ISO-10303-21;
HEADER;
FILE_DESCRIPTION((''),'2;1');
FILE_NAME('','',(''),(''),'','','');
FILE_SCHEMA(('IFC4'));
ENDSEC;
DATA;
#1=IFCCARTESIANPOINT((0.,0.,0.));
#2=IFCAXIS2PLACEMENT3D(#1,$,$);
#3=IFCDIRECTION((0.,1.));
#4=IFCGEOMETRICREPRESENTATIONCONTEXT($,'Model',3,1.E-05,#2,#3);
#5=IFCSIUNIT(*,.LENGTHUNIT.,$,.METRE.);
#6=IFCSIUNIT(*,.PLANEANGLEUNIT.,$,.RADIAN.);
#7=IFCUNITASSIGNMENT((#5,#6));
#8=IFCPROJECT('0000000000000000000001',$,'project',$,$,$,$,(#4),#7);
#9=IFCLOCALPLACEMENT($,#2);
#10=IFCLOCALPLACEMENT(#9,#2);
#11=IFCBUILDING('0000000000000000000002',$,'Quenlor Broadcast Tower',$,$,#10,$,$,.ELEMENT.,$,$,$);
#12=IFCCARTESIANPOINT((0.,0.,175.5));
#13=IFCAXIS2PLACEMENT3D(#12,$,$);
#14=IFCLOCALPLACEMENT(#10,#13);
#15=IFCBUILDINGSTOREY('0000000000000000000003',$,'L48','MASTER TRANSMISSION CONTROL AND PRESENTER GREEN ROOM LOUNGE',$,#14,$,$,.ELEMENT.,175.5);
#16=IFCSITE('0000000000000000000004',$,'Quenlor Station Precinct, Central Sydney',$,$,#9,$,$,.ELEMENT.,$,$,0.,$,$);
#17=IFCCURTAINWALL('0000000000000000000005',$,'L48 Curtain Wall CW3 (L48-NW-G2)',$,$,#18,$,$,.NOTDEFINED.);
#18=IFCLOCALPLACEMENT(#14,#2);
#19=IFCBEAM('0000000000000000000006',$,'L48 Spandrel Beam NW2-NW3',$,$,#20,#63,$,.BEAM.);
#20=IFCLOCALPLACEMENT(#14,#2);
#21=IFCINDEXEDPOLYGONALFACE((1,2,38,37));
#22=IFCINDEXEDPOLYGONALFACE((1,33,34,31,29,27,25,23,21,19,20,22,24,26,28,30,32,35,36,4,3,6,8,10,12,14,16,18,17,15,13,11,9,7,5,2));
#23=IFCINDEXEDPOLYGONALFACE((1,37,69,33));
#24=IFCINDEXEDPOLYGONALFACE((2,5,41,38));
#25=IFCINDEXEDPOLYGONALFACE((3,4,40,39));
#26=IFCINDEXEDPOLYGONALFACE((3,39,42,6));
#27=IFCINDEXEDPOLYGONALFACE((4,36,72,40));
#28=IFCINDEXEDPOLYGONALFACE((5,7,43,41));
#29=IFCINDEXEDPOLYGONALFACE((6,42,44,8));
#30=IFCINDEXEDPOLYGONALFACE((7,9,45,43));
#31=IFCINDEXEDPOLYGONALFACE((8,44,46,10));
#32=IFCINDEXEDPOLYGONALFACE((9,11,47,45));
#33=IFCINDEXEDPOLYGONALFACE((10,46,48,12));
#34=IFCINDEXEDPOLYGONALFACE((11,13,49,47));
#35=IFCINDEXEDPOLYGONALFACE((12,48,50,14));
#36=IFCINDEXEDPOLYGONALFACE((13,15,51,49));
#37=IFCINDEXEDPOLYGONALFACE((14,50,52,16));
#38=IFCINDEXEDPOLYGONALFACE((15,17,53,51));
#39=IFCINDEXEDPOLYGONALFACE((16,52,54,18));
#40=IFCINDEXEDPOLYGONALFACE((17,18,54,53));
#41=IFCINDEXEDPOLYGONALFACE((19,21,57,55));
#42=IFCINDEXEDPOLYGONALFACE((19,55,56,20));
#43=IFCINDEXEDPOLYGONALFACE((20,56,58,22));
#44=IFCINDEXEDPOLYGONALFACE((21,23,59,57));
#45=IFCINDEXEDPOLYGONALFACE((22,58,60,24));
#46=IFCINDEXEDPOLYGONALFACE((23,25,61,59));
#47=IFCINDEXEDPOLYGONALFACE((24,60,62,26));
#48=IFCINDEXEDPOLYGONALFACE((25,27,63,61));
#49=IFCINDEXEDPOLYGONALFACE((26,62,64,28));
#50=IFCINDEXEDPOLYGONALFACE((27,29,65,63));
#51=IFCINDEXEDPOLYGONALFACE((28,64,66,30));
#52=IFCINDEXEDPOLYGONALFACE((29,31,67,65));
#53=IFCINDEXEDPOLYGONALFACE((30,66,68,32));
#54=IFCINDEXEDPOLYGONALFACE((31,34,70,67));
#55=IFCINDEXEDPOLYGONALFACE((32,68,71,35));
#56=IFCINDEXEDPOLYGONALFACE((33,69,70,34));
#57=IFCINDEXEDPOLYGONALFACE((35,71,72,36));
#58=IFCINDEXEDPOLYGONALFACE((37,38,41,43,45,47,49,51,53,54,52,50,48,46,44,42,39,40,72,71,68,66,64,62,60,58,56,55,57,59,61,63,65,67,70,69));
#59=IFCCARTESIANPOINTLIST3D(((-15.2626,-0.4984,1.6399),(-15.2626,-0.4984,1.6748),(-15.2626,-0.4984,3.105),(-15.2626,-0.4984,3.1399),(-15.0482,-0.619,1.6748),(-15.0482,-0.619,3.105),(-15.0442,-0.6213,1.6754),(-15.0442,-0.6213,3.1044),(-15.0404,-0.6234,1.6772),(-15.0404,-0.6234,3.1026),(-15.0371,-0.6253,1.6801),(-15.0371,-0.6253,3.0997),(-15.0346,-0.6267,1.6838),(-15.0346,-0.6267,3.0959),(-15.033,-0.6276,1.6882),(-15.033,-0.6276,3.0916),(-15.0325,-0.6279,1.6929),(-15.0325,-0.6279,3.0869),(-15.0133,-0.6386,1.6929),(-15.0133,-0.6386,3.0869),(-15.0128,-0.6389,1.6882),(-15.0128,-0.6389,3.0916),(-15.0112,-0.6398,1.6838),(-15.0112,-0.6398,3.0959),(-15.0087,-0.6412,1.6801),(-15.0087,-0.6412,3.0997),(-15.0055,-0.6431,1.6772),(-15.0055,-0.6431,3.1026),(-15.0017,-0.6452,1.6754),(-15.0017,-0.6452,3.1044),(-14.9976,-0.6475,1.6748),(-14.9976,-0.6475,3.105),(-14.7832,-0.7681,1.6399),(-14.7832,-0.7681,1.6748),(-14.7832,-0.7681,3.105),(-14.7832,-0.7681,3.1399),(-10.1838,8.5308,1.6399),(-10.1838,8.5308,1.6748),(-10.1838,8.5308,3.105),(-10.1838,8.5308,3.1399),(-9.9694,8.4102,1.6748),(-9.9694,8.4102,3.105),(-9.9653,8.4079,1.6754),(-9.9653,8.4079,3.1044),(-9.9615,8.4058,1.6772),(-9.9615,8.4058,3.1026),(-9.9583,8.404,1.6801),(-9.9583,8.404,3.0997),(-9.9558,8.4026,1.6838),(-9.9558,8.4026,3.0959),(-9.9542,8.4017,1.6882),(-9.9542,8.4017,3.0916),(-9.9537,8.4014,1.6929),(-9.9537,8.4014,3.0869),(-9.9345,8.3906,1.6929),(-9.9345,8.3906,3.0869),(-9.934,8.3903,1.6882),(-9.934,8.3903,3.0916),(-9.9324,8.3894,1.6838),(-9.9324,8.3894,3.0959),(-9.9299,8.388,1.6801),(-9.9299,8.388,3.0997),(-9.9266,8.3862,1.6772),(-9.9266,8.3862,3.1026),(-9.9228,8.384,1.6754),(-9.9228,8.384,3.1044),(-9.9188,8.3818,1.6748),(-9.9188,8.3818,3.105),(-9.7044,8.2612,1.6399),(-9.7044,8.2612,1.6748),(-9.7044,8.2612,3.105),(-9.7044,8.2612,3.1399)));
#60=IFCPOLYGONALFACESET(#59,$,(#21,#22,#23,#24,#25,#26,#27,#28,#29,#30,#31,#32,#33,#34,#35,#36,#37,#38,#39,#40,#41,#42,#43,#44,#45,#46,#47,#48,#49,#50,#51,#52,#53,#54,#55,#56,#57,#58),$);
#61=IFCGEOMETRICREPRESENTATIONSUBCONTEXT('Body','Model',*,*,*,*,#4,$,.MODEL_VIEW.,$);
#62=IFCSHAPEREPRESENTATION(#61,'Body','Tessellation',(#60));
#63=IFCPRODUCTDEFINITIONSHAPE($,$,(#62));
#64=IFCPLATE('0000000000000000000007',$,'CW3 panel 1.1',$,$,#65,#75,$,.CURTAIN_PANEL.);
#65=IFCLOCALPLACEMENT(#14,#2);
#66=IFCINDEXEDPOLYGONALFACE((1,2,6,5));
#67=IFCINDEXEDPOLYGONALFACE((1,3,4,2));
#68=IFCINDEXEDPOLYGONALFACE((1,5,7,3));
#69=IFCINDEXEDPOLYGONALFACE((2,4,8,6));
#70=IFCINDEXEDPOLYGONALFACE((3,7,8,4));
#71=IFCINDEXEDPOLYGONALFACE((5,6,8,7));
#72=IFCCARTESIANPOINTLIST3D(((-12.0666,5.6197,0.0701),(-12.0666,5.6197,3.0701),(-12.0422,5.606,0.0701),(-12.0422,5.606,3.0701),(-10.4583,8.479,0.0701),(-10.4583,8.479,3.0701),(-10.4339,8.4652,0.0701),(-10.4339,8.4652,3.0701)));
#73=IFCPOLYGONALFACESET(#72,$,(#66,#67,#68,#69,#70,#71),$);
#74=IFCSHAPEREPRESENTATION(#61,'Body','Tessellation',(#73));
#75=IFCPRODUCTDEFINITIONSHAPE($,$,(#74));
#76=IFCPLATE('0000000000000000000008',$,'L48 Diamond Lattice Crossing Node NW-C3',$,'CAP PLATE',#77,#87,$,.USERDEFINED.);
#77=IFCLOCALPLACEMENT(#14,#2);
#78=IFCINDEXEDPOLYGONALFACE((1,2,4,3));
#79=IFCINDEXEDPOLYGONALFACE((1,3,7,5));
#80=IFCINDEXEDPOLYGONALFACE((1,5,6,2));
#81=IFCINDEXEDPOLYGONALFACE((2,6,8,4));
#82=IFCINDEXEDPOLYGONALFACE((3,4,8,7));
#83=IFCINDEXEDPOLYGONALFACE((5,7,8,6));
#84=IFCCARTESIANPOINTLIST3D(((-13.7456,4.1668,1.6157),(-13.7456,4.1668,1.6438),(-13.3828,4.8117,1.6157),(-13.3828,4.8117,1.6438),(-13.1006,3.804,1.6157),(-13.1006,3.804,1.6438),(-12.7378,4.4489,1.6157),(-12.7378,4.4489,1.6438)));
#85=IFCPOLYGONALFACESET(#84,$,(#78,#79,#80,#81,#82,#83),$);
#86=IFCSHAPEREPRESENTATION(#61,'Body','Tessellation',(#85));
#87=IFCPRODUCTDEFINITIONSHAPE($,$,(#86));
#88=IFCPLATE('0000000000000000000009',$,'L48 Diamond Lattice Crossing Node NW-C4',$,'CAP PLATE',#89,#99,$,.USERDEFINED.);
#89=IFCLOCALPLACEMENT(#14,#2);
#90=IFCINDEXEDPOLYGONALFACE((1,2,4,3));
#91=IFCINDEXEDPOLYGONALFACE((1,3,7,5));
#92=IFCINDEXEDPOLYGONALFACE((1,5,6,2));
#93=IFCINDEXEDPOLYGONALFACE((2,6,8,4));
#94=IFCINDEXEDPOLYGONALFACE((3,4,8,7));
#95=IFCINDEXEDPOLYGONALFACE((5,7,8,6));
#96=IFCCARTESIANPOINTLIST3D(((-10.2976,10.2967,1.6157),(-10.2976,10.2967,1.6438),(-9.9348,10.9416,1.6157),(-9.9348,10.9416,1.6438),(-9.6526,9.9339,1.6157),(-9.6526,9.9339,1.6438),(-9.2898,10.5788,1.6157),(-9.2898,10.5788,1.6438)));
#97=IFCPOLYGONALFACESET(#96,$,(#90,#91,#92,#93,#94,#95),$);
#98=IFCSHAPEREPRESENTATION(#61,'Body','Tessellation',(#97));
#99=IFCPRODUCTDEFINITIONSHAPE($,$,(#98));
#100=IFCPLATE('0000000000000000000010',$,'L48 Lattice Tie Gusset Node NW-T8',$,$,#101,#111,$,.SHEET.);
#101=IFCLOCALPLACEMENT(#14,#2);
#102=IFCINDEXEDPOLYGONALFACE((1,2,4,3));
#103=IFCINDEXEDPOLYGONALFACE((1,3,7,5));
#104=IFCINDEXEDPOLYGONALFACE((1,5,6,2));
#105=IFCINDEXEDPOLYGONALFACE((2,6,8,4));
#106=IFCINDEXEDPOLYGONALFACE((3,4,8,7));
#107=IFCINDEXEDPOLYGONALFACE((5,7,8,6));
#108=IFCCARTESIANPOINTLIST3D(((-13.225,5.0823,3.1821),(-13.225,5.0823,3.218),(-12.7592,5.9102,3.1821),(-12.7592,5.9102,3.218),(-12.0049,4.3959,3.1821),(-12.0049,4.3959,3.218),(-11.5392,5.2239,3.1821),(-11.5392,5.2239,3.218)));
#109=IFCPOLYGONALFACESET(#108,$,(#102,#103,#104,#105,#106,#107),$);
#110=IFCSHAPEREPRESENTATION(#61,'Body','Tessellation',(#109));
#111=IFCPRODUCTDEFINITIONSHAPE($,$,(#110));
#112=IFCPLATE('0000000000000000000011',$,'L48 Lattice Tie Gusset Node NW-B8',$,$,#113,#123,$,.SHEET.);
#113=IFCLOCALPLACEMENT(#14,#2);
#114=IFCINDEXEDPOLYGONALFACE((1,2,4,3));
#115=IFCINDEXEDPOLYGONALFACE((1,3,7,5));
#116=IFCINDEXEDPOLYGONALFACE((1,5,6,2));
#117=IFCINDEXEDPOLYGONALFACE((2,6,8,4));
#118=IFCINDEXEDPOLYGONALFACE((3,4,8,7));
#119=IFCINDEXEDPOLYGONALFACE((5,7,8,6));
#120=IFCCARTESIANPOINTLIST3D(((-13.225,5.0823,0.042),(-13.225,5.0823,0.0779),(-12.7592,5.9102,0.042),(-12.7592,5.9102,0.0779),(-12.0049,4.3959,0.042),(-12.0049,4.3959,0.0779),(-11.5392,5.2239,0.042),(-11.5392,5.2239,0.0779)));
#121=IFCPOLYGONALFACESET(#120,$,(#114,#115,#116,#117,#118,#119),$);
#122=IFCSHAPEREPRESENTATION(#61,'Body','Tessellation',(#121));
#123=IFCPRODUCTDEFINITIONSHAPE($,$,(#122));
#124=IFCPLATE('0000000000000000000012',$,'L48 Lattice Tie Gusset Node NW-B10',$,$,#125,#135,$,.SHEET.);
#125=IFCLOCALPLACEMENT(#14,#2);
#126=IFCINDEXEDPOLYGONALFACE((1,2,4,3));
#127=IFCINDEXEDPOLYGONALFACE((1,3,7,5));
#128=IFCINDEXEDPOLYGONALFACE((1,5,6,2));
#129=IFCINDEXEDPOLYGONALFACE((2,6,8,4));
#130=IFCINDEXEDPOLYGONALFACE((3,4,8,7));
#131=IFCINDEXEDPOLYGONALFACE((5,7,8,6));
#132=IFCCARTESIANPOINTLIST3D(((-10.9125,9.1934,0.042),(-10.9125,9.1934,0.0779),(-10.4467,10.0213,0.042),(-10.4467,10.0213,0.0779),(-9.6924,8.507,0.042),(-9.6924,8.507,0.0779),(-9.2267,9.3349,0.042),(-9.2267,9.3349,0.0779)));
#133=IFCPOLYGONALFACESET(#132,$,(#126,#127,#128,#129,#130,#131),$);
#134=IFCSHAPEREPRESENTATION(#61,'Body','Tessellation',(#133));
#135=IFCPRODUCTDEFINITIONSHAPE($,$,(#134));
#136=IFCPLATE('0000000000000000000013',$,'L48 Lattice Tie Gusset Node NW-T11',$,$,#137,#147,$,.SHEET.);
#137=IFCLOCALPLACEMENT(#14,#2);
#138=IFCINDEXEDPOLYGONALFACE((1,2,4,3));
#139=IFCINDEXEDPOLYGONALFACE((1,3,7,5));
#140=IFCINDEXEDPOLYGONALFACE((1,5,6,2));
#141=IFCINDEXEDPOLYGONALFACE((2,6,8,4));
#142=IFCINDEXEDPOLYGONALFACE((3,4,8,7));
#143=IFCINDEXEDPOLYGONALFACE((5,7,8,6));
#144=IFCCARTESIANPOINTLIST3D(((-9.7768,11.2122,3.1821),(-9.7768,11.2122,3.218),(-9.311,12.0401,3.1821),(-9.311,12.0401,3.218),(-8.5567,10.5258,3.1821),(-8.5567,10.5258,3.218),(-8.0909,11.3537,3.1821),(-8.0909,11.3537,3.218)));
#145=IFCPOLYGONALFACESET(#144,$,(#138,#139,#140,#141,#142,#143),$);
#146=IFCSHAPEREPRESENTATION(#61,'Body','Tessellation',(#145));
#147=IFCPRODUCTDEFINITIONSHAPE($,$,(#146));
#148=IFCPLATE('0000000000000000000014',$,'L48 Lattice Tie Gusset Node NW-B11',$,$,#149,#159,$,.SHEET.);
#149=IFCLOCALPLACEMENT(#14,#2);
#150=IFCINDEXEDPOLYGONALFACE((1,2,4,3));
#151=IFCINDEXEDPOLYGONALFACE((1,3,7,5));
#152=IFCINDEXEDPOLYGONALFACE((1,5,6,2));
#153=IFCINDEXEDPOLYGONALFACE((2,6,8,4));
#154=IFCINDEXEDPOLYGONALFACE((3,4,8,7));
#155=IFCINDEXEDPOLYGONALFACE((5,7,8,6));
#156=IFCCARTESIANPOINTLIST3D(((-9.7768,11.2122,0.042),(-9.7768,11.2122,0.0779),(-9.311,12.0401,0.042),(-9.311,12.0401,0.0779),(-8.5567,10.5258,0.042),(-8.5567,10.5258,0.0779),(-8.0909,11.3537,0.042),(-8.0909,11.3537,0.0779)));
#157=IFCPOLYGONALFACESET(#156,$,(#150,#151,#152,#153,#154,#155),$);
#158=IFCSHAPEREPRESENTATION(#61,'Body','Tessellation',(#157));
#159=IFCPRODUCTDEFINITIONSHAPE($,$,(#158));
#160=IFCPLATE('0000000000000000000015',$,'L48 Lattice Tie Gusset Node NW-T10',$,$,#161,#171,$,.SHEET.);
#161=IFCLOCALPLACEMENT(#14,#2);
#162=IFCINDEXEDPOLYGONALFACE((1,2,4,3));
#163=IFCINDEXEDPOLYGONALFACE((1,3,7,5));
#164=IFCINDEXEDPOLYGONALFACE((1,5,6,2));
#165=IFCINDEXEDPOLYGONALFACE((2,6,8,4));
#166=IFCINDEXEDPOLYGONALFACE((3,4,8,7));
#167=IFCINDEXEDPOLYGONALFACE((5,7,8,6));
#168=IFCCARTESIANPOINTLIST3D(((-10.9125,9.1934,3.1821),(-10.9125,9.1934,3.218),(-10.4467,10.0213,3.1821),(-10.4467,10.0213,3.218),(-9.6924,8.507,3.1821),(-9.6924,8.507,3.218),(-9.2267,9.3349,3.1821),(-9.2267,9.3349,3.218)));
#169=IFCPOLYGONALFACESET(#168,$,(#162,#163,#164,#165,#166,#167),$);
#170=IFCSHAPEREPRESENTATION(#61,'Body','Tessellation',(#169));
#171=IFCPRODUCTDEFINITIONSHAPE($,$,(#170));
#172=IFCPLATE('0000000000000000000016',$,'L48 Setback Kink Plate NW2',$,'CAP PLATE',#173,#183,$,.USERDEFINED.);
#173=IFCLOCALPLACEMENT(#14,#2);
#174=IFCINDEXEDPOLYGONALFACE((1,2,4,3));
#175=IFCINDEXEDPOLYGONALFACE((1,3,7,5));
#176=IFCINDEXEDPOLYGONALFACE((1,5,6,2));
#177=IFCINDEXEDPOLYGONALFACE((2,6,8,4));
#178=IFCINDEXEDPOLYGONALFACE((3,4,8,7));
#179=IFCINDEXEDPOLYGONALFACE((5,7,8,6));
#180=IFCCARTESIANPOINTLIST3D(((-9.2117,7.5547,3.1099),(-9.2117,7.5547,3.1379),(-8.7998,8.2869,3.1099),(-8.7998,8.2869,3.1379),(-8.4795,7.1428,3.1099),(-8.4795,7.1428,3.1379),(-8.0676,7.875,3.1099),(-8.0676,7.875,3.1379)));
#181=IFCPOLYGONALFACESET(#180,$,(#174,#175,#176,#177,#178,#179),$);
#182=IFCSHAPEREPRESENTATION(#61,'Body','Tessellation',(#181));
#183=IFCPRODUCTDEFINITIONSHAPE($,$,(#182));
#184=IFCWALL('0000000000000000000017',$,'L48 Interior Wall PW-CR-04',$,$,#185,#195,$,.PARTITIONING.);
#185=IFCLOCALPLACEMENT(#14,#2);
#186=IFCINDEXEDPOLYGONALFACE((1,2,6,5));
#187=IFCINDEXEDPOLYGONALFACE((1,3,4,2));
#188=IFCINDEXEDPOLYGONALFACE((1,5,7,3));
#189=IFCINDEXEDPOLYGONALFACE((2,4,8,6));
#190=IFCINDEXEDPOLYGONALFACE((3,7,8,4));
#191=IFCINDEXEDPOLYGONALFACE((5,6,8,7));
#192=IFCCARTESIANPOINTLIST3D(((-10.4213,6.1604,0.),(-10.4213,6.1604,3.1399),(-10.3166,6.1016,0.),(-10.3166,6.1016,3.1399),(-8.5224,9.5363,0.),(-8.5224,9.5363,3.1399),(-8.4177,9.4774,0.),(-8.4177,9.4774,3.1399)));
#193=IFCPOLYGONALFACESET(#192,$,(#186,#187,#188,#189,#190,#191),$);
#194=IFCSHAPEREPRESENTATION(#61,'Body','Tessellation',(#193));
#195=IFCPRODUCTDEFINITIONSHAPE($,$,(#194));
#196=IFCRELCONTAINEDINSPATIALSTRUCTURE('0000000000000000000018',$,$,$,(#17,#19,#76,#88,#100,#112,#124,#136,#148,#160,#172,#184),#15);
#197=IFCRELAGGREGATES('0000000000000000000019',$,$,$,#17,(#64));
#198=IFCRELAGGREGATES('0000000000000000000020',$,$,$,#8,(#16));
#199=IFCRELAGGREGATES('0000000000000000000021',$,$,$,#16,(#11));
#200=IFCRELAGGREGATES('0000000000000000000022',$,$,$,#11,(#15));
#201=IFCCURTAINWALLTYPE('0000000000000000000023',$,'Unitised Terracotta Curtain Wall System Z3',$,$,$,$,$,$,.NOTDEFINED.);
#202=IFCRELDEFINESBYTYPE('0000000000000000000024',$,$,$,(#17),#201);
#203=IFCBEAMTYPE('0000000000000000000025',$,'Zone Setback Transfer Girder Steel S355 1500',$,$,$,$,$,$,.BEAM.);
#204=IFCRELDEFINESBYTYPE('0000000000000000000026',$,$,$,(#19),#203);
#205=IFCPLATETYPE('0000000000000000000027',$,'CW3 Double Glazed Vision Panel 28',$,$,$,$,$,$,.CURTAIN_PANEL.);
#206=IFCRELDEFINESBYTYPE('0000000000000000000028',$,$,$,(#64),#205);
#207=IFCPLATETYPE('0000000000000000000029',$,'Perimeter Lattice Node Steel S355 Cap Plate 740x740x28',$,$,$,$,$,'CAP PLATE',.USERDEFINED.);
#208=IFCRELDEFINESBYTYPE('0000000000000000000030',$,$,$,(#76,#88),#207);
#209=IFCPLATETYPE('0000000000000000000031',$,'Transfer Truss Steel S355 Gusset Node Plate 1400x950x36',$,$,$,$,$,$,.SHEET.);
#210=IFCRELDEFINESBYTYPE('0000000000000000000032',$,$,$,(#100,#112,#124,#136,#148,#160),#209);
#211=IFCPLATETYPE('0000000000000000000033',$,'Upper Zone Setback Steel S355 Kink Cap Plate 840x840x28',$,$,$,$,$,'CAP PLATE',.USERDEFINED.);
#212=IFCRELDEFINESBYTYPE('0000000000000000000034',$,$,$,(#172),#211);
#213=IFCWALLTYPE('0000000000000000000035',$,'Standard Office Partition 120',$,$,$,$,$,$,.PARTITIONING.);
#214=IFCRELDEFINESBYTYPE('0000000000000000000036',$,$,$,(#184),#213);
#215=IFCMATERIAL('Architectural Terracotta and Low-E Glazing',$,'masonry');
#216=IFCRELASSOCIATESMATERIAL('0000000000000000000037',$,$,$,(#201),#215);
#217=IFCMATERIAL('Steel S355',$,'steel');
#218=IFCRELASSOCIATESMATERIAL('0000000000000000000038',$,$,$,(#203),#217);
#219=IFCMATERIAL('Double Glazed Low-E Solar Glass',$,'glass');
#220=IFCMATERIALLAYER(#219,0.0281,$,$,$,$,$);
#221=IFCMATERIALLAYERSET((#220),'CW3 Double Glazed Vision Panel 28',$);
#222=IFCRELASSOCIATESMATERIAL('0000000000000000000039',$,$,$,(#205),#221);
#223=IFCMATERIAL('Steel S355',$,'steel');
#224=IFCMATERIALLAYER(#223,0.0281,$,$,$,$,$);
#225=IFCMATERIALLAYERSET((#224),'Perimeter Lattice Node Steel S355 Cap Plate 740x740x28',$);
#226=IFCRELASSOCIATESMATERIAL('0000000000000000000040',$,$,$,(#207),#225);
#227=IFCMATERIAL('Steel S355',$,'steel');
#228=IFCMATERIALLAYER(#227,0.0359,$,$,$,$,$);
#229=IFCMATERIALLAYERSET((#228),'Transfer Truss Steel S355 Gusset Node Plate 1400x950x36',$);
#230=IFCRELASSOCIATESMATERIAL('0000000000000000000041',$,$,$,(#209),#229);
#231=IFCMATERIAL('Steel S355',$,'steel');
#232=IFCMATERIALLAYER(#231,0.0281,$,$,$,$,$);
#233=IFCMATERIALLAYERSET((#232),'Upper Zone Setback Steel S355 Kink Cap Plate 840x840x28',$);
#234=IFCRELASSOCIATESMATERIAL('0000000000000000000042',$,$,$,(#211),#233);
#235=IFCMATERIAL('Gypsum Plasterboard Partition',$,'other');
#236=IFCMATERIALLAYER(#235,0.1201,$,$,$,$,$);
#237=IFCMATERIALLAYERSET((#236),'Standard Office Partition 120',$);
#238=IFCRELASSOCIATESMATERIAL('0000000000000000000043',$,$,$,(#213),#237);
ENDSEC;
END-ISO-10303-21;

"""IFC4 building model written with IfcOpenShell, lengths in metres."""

from ifc_helpers import new_model, si_unit, direction, frame, frame_2d, origin, origin_2d, place, context, subcontext, project, spatial, rectangle, i_section, extrude, material, layer, layer_set, material_profile, profile_set, type_object, element, aggregate, save


model = new_model("IFC4")

# Units and contexts
model_context = context("Model", 3, precision=1e-05, world=origin(), true_north=direction((0.0, 1.0)))
body_context = subcontext(model_context, "Body", "Model", "MODEL_VIEW")
ifc_project = project(units=[si_unit("LENGTHUNIT", "METRE"), si_unit("PLANEANGLEUNIT", "RADIAN")], contexts=[model_context])

# Site, building, storey
site_placement = place(None, origin())
site = spatial("IfcSite", under=ifc_project, at=site_placement, Name="Quenlor Station Precinct, Central Sydney", CompositionType="ELEMENT", RefElevation=0.0)
building_placement = place(site_placement, origin())
building = spatial("IfcBuilding", under=site, at=building_placement, Name="Quenlor Broadcast Tower", CompositionType="ELEMENT")
storey_placement = place(building_placement, frame((0.0, 0.0, 175.5)))
storey = spatial("IfcBuildingStorey", under=building, at=storey_placement, Name="L48", Description="MASTER TRANSMISSION CONTROL AND PRESENTER GREEN ROOM LOUNGE", CompositionType="ELEMENT", Elevation=175.5)

# Curtain wall
ifc_material_1 = material(Name="Architectural Terracotta and Low-E Glazing", Category="masonry")
curtain_wall_type = type_object("IfcCurtainWallType", Name="Unitised Terracotta Curtain Wall System Z3", PredefinedType="NOTDEFINED", material=ifc_material_1)
curtain_wall_placement = place(storey_placement, origin())
curtain_wall = element("IfcCurtainWall", 1, at=curtain_wall_placement, inside=storey, type_object=curtain_wall_type, Name="L48 Curtain Wall CW3 (L48-NW-G2)", PredefinedType="NOTDEFINED")

# Beam
ifc_material_2 = material(Name="Steel S355", Category="steel")
ifc_material_profile_1 = material_profile(ifc_material_2, i_section(OverallWidth=0.55, OverallDepth=1.5, WebThickness=0.022, FlangeThickness=0.0349, FilletRadius=0.0181, at=origin_2d()))
ifc_profile_set_1 = profile_set([ifc_material_profile_1], Name="Steel S355 1500TG510")
beam_type_1 = type_object("IfcBeamType", Name="Zone Setback Transfer Girder Steel S355 1500", PredefinedType="BEAM", material=ifc_profile_set_1)
beam_1_placement = place(storey_placement, frame((-9.9441, 8.396, 2.3899), z_axis=(-0.490252, -0.871581, 0.0), x_axis=(0.871581, -0.490252, 0.0)))
element("IfcBeam", 2, at=beam_1_placement, inside=storey, type_object=beam_type_1, Name="L48 Spandrel Beam NW2-NW3", PredefinedType="BEAM", context=body_context, shape_type="SweptSolid", body=[
    extrude(i_section(OverallWidth=0.55, OverallDepth=1.5, WebThickness=0.022, FlangeThickness=0.0349, FilletRadius=0.0181, at=origin_2d()), origin(), (0.0, 0.0, 1.0), 10.3596),
])

# Plate
ifc_material_3 = material(Name="Double Glazed Low-E Solar Glass", Category="glass")
ifc_layer_1 = layer(ifc_material_3, 0.0281)
ifc_layer_set_1 = layer_set([ifc_layer_1], Name="CW3 Double Glazed Vision Panel 28")
plate_type_1 = type_object("IfcPlateType", Name="CW3 Double Glazed Vision Panel 28", PredefinedType="CURTAIN_PANEL", material=ifc_layer_set_1)
plate_1_placement = place(storey_placement, frame((-11.2502, 7.0425, 0.0701), z_axis=(0.0, 0.0, 1.0), x_axis=(0.490256, 0.871579, 0.0)))
plate_1 = element("IfcPlate", 3, at=plate_1_placement, type_object=plate_type_1, Name="CW3 panel 1.1", PredefinedType="CURTAIN_PANEL", context=body_context, shape_type="SweptSolid", body=[
    extrude(rectangle(XDim=3.2805, YDim=0.0281, at=origin_2d()), origin(), (0.0, 0.0, 1.0), 3.0),
])
aggregate(curtain_wall, [plate_1])

# Plates
ifc_material_4 = material(Name="Steel S355", Category="steel")
ifc_layer_2 = layer(ifc_material_4, 0.0281)
ifc_layer_set_2 = layer_set([ifc_layer_2], Name="Perimeter Lattice Node Steel S355 Cap Plate 740x740x28")
plate_type_2 = type_object("IfcPlateType", Name="Perimeter Lattice Node Steel S355 Cap Plate 740x740x28", ElementType="CAP PLATE", PredefinedType="USERDEFINED", material=ifc_layer_set_2)
for number, where, z_axis, x_axis, name in (
    (4, (-13.2417, 4.3079, 1.6157), (0.0, 0.0, 1.0), (0.490295, 0.871556, 0.0), "L48 Diamond Lattice Crossing Node NW-C3"),
    (5, (-9.7937, 10.4377, 1.6157), (0.0, 0.0, 1.0), (0.490295, 0.871556, 0.0), "L48 Diamond Lattice Crossing Node NW-C4"),
):
    element("IfcPlate", number, at=place(storey_placement, frame(where, z_axis=z_axis, x_axis=x_axis)), inside=storey, type_object=plate_type_2, Name=name, ObjectType="CAP PLATE", PredefinedType="USERDEFINED", context=body_context, shape_type="SweptSolid", body=[
        extrude(rectangle(XDim=0.74, YDim=0.74, at=origin_2d()), origin(), (0.0, 0.0, 1.0), 0.0281),
    ])
ifc_material_5 = material(Name="Steel S355", Category="steel")
ifc_layer_3 = layer(ifc_material_5, 0.0359)
ifc_layer_set_3 = layer_set([ifc_layer_3], Name="Transfer Truss Steel S355 Gusset Node Plate 1400x950x36")
plate_type_3 = type_object("IfcPlateType", Name="Transfer Truss Steel S355 Gusset Node Plate 1400x950x36", PredefinedType="SHEET", material=ifc_layer_set_3)
for number, where, z_axis, x_axis, name in (
    (6, (-12.3821, 5.1531, 3.1821), (0.0, 0.0, 1.0), (-0.871556, 0.490295, 0.0), "L48 Lattice Tie Gusset Node NW-T8"),
    (7, (-12.3821, 5.1531, 0.042), (0.0, 0.0, 1.0), (-0.871556, 0.490295, 0.0), "L48 Lattice Tie Gusset Node NW-B8"),
    (8, (-10.0696, 9.2642, 0.042), (0.0, 0.0, 1.0), (-0.871556, 0.490295, 0.0), "L48 Lattice Tie Gusset Node NW-B10"),
    (9, (-8.9338, 11.283, 3.1821), (0.0, 0.0, 1.0), (-0.871556, 0.490295, 0.0), "L48 Lattice Tie Gusset Node NW-T11"),
    (10, (-8.9338, 11.283, 0.042), (0.0, 0.0, 1.0), (-0.871556, 0.490295, 0.0), "L48 Lattice Tie Gusset Node NW-B11"),
    (11, (-10.0696, 9.2642, 3.1821), (0.0, 0.0, 1.0), (-0.871556, 0.490295, 0.0), "L48 Lattice Tie Gusset Node NW-T10"),
):
    element("IfcPlate", number, at=place(storey_placement, frame(where, z_axis=z_axis, x_axis=x_axis)), inside=storey, type_object=plate_type_3, Name=name, PredefinedType="SHEET", context=body_context, shape_type="SweptSolid", body=[
        extrude(rectangle(XDim=1.3999, YDim=0.95, at=origin_2d()), origin(), (0.0, 0.0, 1.0), 0.0359),
    ])
ifc_material_6 = material(Name="Steel S355", Category="steel")
ifc_layer_4 = layer(ifc_material_6, 0.0281)
ifc_layer_set_4 = layer_set([ifc_layer_4], Name="Upper Zone Setback Steel S355 Kink Cap Plate 840x840x28")
plate_type_4 = type_object("IfcPlateType", Name="Upper Zone Setback Steel S355 Kink Cap Plate 840x840x28", ElementType="CAP PLATE", PredefinedType="USERDEFINED", material=ifc_layer_set_4)
plate_2_placement = place(storey_placement, frame((-8.6396, 7.7148, 3.1099), z_axis=(0.0, 0.0, 1.0), x_axis=(-0.871575, 0.490262, 0.0)))
element("IfcPlate", 12, at=plate_2_placement, inside=storey, type_object=plate_type_4, Name="L48 Setback Kink Plate NW2", ObjectType="CAP PLATE", PredefinedType="USERDEFINED", context=body_context, shape_type="SweptSolid", body=[
    extrude(rectangle(XDim=0.8401, YDim=0.8401, at=origin_2d()), origin(), (0.0, 0.0, 1.0), 0.0281),
])

# Wall
ifc_material_7 = material(Name="Gypsum Plasterboard Partition", Category="other")
ifc_layer_5 = layer(ifc_material_7, 0.1201)
ifc_layer_set_5 = layer_set([ifc_layer_5], Name="Standard Office Partition 120")
wall_type_1 = type_object("IfcWallType", Name="Standard Office Partition 120", PredefinedType="PARTITIONING", material=ifc_layer_set_5)
wall_1_placement = place(storey_placement, frame((-10.3689, 6.1311, 0.0), z_axis=(0.0, 0.0, 1.0), x_axis=(0.490249, 0.871582, 0.0)))
element("IfcWall", 13, at=wall_1_placement, inside=storey, type_object=wall_type_1, Name="L48 Interior Wall PW-CR-04", PredefinedType="PARTITIONING", context=body_context, shape_type="SweptSolid", body=[
    extrude(rectangle(XDim=3.8733, YDim=0.1201, at=frame_2d((1.9365, 0.0))), origin(), (0.0, 0.0, 1.0), 3.1399),
])

save(model, "model.ifc")
